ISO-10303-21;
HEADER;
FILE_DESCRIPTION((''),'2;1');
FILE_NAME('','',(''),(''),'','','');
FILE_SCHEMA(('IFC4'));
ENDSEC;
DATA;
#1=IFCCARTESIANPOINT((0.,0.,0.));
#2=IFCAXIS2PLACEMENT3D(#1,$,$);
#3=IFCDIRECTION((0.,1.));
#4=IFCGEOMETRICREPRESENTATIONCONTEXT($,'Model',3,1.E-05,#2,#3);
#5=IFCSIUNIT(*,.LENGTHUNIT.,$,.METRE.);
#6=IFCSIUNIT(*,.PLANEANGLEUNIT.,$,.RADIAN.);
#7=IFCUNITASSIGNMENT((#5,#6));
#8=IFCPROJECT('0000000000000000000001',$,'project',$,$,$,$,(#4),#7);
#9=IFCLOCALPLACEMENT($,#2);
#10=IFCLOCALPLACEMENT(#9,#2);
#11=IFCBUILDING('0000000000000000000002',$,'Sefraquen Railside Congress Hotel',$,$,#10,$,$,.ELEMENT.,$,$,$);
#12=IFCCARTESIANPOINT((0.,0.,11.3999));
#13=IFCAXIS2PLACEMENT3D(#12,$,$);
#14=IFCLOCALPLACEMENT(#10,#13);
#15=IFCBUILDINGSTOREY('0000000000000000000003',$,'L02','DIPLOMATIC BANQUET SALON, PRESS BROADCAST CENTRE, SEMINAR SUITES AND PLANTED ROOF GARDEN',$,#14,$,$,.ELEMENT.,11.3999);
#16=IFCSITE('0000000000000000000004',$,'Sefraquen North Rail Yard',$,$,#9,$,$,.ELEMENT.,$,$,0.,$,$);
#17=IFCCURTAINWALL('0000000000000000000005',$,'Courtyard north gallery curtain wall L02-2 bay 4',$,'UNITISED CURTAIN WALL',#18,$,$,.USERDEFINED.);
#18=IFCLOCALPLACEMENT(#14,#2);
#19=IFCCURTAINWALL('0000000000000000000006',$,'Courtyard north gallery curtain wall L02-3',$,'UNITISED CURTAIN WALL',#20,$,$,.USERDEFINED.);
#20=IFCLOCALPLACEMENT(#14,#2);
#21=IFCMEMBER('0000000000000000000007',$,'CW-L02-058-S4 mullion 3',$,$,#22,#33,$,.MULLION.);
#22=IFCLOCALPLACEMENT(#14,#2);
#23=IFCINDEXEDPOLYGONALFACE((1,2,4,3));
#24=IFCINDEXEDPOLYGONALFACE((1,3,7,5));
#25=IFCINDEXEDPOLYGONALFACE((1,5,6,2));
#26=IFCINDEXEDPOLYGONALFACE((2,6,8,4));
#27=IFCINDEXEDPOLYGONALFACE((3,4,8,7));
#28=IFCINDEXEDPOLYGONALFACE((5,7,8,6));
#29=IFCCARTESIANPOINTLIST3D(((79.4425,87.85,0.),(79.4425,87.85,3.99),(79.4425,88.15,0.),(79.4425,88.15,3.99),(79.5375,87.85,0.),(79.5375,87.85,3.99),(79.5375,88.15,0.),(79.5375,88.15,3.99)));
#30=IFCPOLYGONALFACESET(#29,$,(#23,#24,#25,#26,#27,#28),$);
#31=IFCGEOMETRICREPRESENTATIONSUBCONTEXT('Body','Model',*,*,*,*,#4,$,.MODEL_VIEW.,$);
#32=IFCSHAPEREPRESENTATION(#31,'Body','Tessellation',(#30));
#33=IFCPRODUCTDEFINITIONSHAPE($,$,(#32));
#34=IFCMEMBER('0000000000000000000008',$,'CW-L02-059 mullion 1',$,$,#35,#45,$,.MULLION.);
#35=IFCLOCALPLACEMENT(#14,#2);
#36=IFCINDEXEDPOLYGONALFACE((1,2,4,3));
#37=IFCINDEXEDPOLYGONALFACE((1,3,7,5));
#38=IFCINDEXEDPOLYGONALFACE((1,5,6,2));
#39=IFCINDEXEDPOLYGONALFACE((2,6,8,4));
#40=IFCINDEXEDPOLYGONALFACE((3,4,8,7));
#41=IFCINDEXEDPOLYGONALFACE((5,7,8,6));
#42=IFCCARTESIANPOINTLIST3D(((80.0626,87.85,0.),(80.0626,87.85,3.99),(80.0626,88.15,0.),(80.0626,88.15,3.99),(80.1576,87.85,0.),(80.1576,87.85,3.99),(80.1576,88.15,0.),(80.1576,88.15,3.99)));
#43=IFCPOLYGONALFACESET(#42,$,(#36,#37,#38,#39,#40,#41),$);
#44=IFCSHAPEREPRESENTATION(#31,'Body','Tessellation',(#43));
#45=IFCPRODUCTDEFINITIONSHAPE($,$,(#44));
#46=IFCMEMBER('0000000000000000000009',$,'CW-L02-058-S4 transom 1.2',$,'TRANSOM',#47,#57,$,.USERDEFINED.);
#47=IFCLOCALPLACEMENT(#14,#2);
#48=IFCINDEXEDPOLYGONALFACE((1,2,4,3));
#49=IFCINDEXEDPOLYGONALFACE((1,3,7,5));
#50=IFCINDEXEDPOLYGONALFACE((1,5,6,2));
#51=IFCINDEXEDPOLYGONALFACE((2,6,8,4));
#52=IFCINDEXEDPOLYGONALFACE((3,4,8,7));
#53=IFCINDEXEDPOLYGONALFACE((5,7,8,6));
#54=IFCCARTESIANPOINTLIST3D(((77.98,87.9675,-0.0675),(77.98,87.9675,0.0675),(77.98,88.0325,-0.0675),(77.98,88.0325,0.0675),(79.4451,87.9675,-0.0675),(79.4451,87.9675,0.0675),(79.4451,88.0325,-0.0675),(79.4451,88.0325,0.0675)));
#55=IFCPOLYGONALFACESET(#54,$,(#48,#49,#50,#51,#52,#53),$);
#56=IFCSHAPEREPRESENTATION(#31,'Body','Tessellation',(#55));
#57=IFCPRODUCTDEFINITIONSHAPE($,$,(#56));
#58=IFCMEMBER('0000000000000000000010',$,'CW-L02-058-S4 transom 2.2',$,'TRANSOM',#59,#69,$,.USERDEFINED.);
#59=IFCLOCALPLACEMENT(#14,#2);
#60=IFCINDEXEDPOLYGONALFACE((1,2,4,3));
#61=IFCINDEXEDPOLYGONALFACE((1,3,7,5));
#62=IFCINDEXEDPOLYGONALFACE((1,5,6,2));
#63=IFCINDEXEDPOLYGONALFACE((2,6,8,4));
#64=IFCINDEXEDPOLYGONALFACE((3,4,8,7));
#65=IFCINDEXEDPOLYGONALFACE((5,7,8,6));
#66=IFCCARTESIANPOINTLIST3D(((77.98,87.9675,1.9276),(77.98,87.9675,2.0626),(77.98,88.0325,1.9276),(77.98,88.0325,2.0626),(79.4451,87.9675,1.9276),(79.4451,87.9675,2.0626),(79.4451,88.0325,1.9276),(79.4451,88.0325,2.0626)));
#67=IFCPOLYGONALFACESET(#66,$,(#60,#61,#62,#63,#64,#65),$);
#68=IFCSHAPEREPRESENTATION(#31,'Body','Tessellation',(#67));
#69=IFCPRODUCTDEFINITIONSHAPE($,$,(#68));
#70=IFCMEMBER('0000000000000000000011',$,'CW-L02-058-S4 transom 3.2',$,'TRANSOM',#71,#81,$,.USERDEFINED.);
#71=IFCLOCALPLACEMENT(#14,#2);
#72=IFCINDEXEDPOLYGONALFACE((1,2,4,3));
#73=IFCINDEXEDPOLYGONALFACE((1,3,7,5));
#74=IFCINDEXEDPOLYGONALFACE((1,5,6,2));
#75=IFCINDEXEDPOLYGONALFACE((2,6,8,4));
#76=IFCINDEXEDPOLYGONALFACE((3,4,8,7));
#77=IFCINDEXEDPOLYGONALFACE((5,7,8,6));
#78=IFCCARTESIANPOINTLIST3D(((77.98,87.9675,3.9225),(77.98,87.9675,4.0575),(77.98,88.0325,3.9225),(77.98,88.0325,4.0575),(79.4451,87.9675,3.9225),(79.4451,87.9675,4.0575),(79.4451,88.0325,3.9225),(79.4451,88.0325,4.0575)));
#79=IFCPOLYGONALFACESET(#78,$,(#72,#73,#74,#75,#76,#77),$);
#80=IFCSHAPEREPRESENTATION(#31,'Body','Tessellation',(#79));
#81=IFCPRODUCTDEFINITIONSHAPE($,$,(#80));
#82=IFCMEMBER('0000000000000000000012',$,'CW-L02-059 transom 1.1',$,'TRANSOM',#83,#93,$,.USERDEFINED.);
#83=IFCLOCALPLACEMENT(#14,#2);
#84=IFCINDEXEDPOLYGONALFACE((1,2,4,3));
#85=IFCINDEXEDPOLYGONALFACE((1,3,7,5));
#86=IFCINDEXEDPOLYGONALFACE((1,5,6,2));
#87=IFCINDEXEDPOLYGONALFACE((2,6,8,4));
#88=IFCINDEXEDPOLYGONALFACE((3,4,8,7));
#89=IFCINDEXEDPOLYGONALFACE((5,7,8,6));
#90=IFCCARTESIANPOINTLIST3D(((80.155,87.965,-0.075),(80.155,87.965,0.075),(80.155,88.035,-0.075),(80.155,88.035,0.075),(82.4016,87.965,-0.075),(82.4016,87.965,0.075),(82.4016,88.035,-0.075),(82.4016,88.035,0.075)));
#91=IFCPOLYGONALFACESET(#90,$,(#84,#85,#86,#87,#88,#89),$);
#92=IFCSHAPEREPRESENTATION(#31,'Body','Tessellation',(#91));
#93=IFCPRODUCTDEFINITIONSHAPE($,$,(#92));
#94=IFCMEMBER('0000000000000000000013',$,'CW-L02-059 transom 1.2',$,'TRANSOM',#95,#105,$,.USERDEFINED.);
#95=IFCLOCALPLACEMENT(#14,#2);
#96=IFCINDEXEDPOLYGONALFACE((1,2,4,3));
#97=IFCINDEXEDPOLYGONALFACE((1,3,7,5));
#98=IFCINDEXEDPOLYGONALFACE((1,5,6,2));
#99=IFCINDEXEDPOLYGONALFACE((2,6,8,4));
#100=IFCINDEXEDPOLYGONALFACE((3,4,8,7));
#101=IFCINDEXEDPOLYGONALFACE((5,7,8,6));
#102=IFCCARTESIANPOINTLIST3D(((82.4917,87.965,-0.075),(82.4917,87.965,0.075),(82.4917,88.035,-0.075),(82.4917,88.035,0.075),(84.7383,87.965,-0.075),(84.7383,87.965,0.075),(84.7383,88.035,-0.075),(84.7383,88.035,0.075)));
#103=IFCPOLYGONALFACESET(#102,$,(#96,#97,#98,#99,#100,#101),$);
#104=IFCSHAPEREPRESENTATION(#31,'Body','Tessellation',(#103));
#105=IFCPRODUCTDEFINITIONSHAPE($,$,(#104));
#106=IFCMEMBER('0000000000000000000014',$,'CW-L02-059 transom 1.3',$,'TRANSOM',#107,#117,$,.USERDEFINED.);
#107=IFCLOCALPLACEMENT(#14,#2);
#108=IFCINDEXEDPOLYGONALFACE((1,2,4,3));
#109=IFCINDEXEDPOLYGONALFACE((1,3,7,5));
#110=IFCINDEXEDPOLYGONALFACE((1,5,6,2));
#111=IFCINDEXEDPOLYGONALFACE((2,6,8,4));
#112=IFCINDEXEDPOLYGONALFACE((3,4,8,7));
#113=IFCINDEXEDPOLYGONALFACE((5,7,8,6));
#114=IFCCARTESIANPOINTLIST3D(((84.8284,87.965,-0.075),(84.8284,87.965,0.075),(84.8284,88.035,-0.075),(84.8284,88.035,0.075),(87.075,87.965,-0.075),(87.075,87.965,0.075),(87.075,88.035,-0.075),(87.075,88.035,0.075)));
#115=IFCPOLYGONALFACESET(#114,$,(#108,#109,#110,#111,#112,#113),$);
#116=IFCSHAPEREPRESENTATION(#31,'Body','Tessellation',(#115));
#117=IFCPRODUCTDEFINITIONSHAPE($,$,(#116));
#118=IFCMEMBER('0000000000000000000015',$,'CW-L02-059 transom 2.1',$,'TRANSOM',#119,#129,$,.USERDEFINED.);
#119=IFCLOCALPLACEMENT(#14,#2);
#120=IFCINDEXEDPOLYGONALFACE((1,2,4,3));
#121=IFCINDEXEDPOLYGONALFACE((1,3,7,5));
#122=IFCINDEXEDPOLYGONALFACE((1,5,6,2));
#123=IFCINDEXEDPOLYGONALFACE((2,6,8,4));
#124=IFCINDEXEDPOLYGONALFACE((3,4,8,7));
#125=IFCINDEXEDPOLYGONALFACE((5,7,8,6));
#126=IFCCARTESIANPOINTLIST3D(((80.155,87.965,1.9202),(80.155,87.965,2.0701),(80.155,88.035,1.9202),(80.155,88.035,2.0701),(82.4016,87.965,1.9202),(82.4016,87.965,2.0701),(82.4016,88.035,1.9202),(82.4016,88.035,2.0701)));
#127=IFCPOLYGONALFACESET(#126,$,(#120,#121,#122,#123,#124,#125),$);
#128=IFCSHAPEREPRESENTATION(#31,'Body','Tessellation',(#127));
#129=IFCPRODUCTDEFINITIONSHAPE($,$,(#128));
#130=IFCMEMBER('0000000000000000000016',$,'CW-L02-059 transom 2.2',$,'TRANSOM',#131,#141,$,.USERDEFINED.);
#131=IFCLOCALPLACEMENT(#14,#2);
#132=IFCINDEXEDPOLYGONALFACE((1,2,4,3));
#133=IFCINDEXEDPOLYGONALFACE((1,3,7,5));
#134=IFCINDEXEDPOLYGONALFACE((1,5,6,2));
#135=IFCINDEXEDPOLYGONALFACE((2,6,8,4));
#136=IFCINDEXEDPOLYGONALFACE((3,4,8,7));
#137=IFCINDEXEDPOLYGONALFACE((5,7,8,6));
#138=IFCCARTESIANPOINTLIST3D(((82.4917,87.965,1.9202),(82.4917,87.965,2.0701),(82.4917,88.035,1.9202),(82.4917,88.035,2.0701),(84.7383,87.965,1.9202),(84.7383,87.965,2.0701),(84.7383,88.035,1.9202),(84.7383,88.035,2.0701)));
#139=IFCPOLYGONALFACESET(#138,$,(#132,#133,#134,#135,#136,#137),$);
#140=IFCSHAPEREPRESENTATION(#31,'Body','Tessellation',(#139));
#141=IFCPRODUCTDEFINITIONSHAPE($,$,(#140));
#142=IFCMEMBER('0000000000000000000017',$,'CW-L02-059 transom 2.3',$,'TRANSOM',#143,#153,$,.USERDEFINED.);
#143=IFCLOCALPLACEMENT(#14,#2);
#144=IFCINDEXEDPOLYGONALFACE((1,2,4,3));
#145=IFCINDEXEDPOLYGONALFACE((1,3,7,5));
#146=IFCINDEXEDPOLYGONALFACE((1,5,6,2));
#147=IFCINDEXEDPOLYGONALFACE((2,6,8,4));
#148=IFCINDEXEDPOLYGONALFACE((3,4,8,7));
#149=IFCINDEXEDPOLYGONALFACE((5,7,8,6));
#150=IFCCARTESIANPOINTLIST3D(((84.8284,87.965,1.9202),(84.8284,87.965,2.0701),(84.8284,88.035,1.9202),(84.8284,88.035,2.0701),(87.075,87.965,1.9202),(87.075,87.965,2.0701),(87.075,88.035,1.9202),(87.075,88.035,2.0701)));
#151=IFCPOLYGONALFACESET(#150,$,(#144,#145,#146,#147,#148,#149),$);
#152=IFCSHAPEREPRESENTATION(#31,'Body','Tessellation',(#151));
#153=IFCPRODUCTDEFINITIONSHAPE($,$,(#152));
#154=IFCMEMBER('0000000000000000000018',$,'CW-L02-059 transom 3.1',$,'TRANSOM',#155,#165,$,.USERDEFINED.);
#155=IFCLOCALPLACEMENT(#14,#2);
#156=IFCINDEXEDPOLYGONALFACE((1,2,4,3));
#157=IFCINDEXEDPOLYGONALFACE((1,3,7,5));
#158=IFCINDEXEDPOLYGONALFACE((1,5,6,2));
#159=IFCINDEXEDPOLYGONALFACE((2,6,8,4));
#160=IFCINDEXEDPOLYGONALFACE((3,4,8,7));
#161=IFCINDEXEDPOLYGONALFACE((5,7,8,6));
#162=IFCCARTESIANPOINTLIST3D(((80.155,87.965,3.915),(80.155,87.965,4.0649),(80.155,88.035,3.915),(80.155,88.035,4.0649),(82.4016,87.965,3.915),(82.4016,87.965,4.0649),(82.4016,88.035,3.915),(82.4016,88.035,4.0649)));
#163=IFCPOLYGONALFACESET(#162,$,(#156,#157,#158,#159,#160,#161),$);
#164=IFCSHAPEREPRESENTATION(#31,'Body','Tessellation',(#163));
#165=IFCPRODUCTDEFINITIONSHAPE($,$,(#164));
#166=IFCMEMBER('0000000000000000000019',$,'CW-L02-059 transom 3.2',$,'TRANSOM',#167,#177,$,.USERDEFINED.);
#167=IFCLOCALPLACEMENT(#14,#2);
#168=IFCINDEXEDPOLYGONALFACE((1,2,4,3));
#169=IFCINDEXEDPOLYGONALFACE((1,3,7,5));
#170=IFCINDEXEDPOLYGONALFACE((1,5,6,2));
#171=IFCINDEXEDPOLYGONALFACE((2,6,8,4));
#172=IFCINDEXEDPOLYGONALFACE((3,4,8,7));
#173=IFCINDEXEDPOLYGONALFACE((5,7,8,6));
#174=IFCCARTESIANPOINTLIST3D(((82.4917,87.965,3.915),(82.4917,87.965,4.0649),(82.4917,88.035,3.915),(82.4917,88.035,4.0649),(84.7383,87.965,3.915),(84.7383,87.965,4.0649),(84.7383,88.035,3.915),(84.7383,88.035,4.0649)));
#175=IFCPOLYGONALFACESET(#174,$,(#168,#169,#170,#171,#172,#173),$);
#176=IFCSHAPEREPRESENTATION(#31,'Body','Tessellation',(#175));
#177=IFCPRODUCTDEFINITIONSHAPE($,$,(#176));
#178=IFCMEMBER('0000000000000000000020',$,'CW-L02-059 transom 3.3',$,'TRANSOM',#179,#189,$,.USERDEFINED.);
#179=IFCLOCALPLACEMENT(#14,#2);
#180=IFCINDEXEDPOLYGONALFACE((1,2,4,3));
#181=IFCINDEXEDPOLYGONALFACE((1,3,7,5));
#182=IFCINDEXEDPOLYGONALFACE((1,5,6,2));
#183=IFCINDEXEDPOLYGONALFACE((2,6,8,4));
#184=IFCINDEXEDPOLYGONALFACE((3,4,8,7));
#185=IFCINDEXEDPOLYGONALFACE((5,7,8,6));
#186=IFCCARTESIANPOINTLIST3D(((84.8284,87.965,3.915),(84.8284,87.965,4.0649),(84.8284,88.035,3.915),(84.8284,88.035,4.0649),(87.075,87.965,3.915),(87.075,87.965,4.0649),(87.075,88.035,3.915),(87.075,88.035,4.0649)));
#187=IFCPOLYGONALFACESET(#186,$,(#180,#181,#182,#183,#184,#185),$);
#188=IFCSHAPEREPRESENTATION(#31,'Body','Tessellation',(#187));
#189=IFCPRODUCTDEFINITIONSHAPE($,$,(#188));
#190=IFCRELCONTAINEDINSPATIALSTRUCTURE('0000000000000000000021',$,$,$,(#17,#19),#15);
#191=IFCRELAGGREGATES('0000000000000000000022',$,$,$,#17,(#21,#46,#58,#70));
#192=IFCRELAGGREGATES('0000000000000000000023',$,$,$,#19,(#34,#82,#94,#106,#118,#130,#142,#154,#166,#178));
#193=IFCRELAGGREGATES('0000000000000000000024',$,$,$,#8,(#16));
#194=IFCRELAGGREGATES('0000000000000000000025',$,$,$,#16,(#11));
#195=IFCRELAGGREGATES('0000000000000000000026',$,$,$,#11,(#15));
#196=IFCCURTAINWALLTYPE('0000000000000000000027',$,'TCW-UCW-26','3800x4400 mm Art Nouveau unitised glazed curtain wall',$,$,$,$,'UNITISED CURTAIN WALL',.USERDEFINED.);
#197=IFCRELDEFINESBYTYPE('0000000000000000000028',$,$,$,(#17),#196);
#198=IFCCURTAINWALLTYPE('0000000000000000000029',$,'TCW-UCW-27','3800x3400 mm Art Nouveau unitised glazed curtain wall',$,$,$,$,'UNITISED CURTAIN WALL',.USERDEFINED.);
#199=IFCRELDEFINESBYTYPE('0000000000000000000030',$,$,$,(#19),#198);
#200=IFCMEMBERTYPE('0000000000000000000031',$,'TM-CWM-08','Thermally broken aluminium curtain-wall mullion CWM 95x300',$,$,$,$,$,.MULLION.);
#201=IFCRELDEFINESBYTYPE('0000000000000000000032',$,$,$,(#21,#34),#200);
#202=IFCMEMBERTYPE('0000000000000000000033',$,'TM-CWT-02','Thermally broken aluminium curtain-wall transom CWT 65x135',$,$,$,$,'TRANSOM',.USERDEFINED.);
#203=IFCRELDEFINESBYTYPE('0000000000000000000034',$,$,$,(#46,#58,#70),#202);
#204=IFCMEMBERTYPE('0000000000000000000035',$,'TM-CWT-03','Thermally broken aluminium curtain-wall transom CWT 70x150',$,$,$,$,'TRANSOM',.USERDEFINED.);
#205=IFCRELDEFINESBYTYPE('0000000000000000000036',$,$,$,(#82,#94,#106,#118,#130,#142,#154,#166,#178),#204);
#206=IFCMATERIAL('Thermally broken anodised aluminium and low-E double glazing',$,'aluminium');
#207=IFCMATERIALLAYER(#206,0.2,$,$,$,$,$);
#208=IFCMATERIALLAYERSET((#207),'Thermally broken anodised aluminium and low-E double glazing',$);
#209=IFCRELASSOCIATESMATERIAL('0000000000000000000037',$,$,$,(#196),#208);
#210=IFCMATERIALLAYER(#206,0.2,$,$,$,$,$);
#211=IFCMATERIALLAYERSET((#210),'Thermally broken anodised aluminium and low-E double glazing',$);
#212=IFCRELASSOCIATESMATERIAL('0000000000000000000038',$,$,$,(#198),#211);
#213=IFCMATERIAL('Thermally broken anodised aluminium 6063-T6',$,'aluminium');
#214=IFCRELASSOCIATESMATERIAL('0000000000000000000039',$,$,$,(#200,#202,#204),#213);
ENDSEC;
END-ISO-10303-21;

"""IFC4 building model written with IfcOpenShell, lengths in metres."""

from ifc_helpers import new_model, si_unit, direction, frame, origin, origin_2d, place, context, subcontext, project, spatial, rectangle, extrude, material, layer, layer_set, material_profile, profile_set, type_object, element, aggregate, save


model = new_model("IFC4")

# Units and contexts
model_context = context("Model", 3, precision=1e-05, world=origin(), true_north=direction((0.0, 1.0)))
body_context = subcontext(model_context, "Body", "Model", "MODEL_VIEW")
ifc_project = project(units=[si_unit("LENGTHUNIT", "METRE"), si_unit("PLANEANGLEUNIT", "RADIAN")], contexts=[model_context])

# Site, building, storey
site_placement = place(None, origin())
site = spatial("IfcSite", under=ifc_project, at=site_placement, Name="Sefraquen North Rail Yard", CompositionType="ELEMENT", RefElevation=0.0)
building_placement = place(site_placement, origin())
building = spatial("IfcBuilding", under=site, at=building_placement, Name="Sefraquen Railside Congress Hotel", CompositionType="ELEMENT")
storey_placement = place(building_placement, frame((0.0, 0.0, 11.3999)))
storey = spatial("IfcBuildingStorey", under=building, at=storey_placement, Name="L02", Description="DIPLOMATIC BANQUET SALON, PRESS BROADCAST CENTRE, SEMINAR SUITES AND PLANTED ROOF GARDEN", CompositionType="ELEMENT", Elevation=11.3999)

# Curtain wall
ifc_material_1 = material(Name="Thermally broken anodised aluminium and low-E double glazing", Category="aluminium")
ifc_layer_1 = layer(ifc_material_1, 0.2)
ifc_layer_set_1 = layer_set([ifc_layer_1], Name="Thermally broken anodised aluminium and low-E double glazing")
curtain_wall_type_1 = type_object("IfcCurtainWallType", Name="TCW-UCW-26", Description="3800x4400 mm Art Nouveau unitised glazed curtain wall", ElementType="UNITISED CURTAIN WALL", PredefinedType="USERDEFINED", material=ifc_layer_set_1)
curtain_wall_1_placement = place(storey_placement, origin())
curtain_wall_1 = element("IfcCurtainWall", 1, at=curtain_wall_1_placement, inside=storey, type_object=curtain_wall_type_1, Name="Courtyard north gallery curtain wall L02-2 bay 4", ObjectType="UNITISED CURTAIN WALL", PredefinedType="USERDEFINED")
ifc_material_2 = material(Name="Thermally broken anodised aluminium 6063-T6", Category="aluminium")

# Curtain wall
ifc_layer_2 = layer(ifc_material_1, 0.2)
ifc_layer_set_2 = layer_set([ifc_layer_2], Name="Thermally broken anodised aluminium and low-E double glazing")
curtain_wall_type_2 = type_object("IfcCurtainWallType", Name="TCW-UCW-27", Description="3800x3400 mm Art Nouveau unitised glazed curtain wall", ElementType="UNITISED CURTAIN WALL", PredefinedType="USERDEFINED", material=ifc_layer_set_2)
curtain_wall_2_placement = place(storey_placement, origin())
curtain_wall_2 = element("IfcCurtainWall", 2, at=curtain_wall_2_placement, inside=storey, type_object=curtain_wall_type_2, Name="Courtyard north gallery curtain wall L02-3", ObjectType="UNITISED CURTAIN WALL", PredefinedType="USERDEFINED")

# Members
ifc_material_profile_1 = material_profile(ifc_material_2, rectangle(XDim=0.095, YDim=0.3, at=origin_2d()), Name="CWM 95x300")
ifc_profile_set_1 = profile_set([ifc_material_profile_1], Name="Thermally broken anodised aluminium 6063-T6")
member_type_1 = type_object("IfcMemberType", Name="TM-CWM-08", Description="Thermally broken aluminium curtain-wall mullion CWM 95x300", PredefinedType="MULLION", material=ifc_profile_set_1)
member_1_placement = place(storey_placement, frame((79.49, 88.0, 0.0), z_axis=(0.0, 0.0, 1.0), x_axis=(1.0, 0.0, 0.0)))
member_1 = element("IfcMember", 3, at=member_1_placement, type_object=member_type_1, Name="CW-L02-058-S4 mullion 3", PredefinedType="MULLION", context=body_context, shape_type="SweptSolid", body=[
    extrude(rectangle(XDim=0.095, YDim=0.3, at=origin_2d()), origin(), (0.0, 0.0, 1.0), 3.99),
])
member_2_placement = place(storey_placement, frame((80.1101, 88.0, 0.0), z_axis=(0.0, 0.0, 1.0), x_axis=(1.0, 0.0, 0.0)))
member_2 = element("IfcMember", 4, at=member_2_placement, type_object=member_type_1, Name="CW-L02-059 mullion 1", PredefinedType="MULLION", context=body_context, shape_type="SweptSolid", body=[
    extrude(rectangle(XDim=0.095, YDim=0.3, at=origin_2d()), origin(), (0.0, 0.0, 1.0), 3.99),
])
ifc_material_profile_2 = material_profile(ifc_material_2, rectangle(XDim=0.0649, YDim=0.135, at=origin_2d()), Name="CWT 65x135")
ifc_profile_set_2 = profile_set([ifc_material_profile_2], Name="Thermally broken anodised aluminium 6063-T6")
member_type_2 = type_object("IfcMemberType", Name="TM-CWT-02", Description="Thermally broken aluminium curtain-wall transom CWT 65x135", ElementType="TRANSOM", PredefinedType="USERDEFINED", material=ifc_profile_set_2)
member_3_placement = place(storey_placement, frame((77.98, 88.0, 0.0), z_axis=(1.0, 0.0, 0.0), x_axis=(0.0, 1.0, 0.0)))
member_3 = element("IfcMember", 5, at=member_3_placement, type_object=member_type_2, Name="CW-L02-058-S4 transom 1.2", ObjectType="TRANSOM", PredefinedType="USERDEFINED", context=body_context, shape_type="SweptSolid", body=[
    extrude(rectangle(XDim=0.0649, YDim=0.135, at=origin_2d()), origin(), (0.0, 0.0, 1.0), 1.4651),
])
member_4_placement = place(storey_placement, frame((77.98, 88.0, 1.9951), z_axis=(1.0, 0.0, 0.0), x_axis=(0.0, 1.0, 0.0)))
member_4 = element("IfcMember", 6, at=member_4_placement, type_object=member_type_2, Name="CW-L02-058-S4 transom 2.2", ObjectType="TRANSOM", PredefinedType="USERDEFINED", context=body_context, shape_type="SweptSolid", body=[
    extrude(rectangle(XDim=0.0649, YDim=0.135, at=origin_2d()), origin(), (0.0, 0.0, 1.0), 1.4651),
])
member_5_placement = place(storey_placement, frame((77.98, 88.0, 3.99), z_axis=(1.0, 0.0, 0.0), x_axis=(0.0, 1.0, 0.0)))
member_5 = element("IfcMember", 7, at=member_5_placement, type_object=member_type_2, Name="CW-L02-058-S4 transom 3.2", ObjectType="TRANSOM", PredefinedType="USERDEFINED", context=body_context, shape_type="SweptSolid", body=[
    extrude(rectangle(XDim=0.0649, YDim=0.135, at=origin_2d()), origin(), (0.0, 0.0, 1.0), 1.4651),
])
ifc_material_profile_3 = material_profile(ifc_material_2, rectangle(XDim=0.0701, YDim=0.1499, at=origin_2d()), Name="CWT 70x150")
ifc_profile_set_3 = profile_set([ifc_material_profile_3], Name="Thermally broken anodised aluminium 6063-T6")
member_type_3 = type_object("IfcMemberType", Name="TM-CWT-03", Description="Thermally broken aluminium curtain-wall transom CWT 70x150", ElementType="TRANSOM", PredefinedType="USERDEFINED", material=ifc_profile_set_3)
member_6_placement = place(storey_placement, frame((80.155, 88.0, 0.0), z_axis=(1.0, 0.0, 0.0), x_axis=(0.0, 1.0, 0.0)))
member_6 = element("IfcMember", 8, at=member_6_placement, type_object=member_type_3, Name="CW-L02-059 transom 1.1", ObjectType="TRANSOM", PredefinedType="USERDEFINED", context=body_context, shape_type="SweptSolid", body=[
    extrude(rectangle(XDim=0.0701, YDim=0.1499, at=origin_2d()), origin(), (0.0, 0.0, 1.0), 2.2466),
])
member_7_placement = place(storey_placement, frame((82.4917, 88.0, 0.0), z_axis=(1.0, 0.0, 0.0), x_axis=(0.0, 1.0, 0.0)))
member_7 = element("IfcMember", 9, at=member_7_placement, type_object=member_type_3, Name="CW-L02-059 transom 1.2", ObjectType="TRANSOM", PredefinedType="USERDEFINED", context=body_context, shape_type="SweptSolid", body=[
    extrude(rectangle(XDim=0.0701, YDim=0.1499, at=origin_2d()), origin(), (0.0, 0.0, 1.0), 2.2466),
])
member_8_placement = place(storey_placement, frame((84.8284, 88.0, 0.0), z_axis=(1.0, 0.0, 0.0), x_axis=(0.0, 1.0, 0.0)))
member_8 = element("IfcMember", 10, at=member_8_placement, type_object=member_type_3, Name="CW-L02-059 transom 1.3", ObjectType="TRANSOM", PredefinedType="USERDEFINED", context=body_context, shape_type="SweptSolid", body=[
    extrude(rectangle(XDim=0.0701, YDim=0.1499, at=origin_2d()), origin(), (0.0, 0.0, 1.0), 2.2466),
])
member_9_placement = place(storey_placement, frame((80.155, 88.0, 1.9951), z_axis=(1.0, 0.0, 0.0), x_axis=(0.0, 1.0, 0.0)))
member_9 = element("IfcMember", 11, at=member_9_placement, type_object=member_type_3, Name="CW-L02-059 transom 2.1", ObjectType="TRANSOM", PredefinedType="USERDEFINED", context=body_context, shape_type="SweptSolid", body=[
    extrude(rectangle(XDim=0.0701, YDim=0.1499, at=origin_2d()), origin(), (0.0, 0.0, 1.0), 2.2466),
])
member_10_placement = place(storey_placement, frame((82.4917, 88.0, 1.9951), z_axis=(1.0, 0.0, 0.0), x_axis=(0.0, 1.0, 0.0)))
member_10 = element("IfcMember", 12, at=member_10_placement, type_object=member_type_3, Name="CW-L02-059 transom 2.2", ObjectType="TRANSOM", PredefinedType="USERDEFINED", context=body_context, shape_type="SweptSolid", body=[
    extrude(rectangle(XDim=0.0701, YDim=0.1499, at=origin_2d()), origin(), (0.0, 0.0, 1.0), 2.2466),
])
member_11_placement = place(storey_placement, frame((84.8284, 88.0, 1.9951), z_axis=(1.0, 0.0, 0.0), x_axis=(0.0, 1.0, 0.0)))
member_11 = element("IfcMember", 13, at=member_11_placement, type_object=member_type_3, Name="CW-L02-059 transom 2.3", ObjectType="TRANSOM", PredefinedType="USERDEFINED", context=body_context, shape_type="SweptSolid", body=[
    extrude(rectangle(XDim=0.0701, YDim=0.1499, at=origin_2d()), origin(), (0.0, 0.0, 1.0), 2.2466),
])
member_12_placement = place(storey_placement, frame((80.155, 88.0, 3.99), z_axis=(1.0, 0.0, 0.0), x_axis=(0.0, 1.0, 0.0)))
member_12 = element("IfcMember", 14, at=member_12_placement, type_object=member_type_3, Name="CW-L02-059 transom 3.1", ObjectType="TRANSOM", PredefinedType="USERDEFINED", context=body_context, shape_type="SweptSolid", body=[
    extrude(rectangle(XDim=0.0701, YDim=0.1499, at=origin_2d()), origin(), (0.0, 0.0, 1.0), 2.2466),
])
member_13_placement = place(storey_placement, frame((82.4917, 88.0, 3.99), z_axis=(1.0, 0.0, 0.0), x_axis=(0.0, 1.0, 0.0)))
member_13 = element("IfcMember", 15, at=member_13_placement, type_object=member_type_3, Name="CW-L02-059 transom 3.2", ObjectType="TRANSOM", PredefinedType="USERDEFINED", context=body_context, shape_type="SweptSolid", body=[
    extrude(rectangle(XDim=0.0701, YDim=0.1499, at=origin_2d()), origin(), (0.0, 0.0, 1.0), 2.2466),
])
member_14_placement = place(storey_placement, frame((84.8284, 88.0, 3.99), z_axis=(1.0, 0.0, 0.0), x_axis=(0.0, 1.0, 0.0)))
member_14 = element("IfcMember", 16, at=member_14_placement, type_object=member_type_3, Name="CW-L02-059 transom 3.3", ObjectType="TRANSOM", PredefinedType="USERDEFINED", context=body_context, shape_type="SweptSolid", body=[
    extrude(rectangle(XDim=0.0701, YDim=0.1499, at=origin_2d()), origin(), (0.0, 0.0, 1.0), 2.2466),
])

aggregate(curtain_wall_1, [member_1, member_3, member_4, member_5])
aggregate(curtain_wall_2, [member_2, member_6, member_7, member_8, member_9, member_10, member_11, member_12, member_13, member_14])

save(model, "model.ifc")
